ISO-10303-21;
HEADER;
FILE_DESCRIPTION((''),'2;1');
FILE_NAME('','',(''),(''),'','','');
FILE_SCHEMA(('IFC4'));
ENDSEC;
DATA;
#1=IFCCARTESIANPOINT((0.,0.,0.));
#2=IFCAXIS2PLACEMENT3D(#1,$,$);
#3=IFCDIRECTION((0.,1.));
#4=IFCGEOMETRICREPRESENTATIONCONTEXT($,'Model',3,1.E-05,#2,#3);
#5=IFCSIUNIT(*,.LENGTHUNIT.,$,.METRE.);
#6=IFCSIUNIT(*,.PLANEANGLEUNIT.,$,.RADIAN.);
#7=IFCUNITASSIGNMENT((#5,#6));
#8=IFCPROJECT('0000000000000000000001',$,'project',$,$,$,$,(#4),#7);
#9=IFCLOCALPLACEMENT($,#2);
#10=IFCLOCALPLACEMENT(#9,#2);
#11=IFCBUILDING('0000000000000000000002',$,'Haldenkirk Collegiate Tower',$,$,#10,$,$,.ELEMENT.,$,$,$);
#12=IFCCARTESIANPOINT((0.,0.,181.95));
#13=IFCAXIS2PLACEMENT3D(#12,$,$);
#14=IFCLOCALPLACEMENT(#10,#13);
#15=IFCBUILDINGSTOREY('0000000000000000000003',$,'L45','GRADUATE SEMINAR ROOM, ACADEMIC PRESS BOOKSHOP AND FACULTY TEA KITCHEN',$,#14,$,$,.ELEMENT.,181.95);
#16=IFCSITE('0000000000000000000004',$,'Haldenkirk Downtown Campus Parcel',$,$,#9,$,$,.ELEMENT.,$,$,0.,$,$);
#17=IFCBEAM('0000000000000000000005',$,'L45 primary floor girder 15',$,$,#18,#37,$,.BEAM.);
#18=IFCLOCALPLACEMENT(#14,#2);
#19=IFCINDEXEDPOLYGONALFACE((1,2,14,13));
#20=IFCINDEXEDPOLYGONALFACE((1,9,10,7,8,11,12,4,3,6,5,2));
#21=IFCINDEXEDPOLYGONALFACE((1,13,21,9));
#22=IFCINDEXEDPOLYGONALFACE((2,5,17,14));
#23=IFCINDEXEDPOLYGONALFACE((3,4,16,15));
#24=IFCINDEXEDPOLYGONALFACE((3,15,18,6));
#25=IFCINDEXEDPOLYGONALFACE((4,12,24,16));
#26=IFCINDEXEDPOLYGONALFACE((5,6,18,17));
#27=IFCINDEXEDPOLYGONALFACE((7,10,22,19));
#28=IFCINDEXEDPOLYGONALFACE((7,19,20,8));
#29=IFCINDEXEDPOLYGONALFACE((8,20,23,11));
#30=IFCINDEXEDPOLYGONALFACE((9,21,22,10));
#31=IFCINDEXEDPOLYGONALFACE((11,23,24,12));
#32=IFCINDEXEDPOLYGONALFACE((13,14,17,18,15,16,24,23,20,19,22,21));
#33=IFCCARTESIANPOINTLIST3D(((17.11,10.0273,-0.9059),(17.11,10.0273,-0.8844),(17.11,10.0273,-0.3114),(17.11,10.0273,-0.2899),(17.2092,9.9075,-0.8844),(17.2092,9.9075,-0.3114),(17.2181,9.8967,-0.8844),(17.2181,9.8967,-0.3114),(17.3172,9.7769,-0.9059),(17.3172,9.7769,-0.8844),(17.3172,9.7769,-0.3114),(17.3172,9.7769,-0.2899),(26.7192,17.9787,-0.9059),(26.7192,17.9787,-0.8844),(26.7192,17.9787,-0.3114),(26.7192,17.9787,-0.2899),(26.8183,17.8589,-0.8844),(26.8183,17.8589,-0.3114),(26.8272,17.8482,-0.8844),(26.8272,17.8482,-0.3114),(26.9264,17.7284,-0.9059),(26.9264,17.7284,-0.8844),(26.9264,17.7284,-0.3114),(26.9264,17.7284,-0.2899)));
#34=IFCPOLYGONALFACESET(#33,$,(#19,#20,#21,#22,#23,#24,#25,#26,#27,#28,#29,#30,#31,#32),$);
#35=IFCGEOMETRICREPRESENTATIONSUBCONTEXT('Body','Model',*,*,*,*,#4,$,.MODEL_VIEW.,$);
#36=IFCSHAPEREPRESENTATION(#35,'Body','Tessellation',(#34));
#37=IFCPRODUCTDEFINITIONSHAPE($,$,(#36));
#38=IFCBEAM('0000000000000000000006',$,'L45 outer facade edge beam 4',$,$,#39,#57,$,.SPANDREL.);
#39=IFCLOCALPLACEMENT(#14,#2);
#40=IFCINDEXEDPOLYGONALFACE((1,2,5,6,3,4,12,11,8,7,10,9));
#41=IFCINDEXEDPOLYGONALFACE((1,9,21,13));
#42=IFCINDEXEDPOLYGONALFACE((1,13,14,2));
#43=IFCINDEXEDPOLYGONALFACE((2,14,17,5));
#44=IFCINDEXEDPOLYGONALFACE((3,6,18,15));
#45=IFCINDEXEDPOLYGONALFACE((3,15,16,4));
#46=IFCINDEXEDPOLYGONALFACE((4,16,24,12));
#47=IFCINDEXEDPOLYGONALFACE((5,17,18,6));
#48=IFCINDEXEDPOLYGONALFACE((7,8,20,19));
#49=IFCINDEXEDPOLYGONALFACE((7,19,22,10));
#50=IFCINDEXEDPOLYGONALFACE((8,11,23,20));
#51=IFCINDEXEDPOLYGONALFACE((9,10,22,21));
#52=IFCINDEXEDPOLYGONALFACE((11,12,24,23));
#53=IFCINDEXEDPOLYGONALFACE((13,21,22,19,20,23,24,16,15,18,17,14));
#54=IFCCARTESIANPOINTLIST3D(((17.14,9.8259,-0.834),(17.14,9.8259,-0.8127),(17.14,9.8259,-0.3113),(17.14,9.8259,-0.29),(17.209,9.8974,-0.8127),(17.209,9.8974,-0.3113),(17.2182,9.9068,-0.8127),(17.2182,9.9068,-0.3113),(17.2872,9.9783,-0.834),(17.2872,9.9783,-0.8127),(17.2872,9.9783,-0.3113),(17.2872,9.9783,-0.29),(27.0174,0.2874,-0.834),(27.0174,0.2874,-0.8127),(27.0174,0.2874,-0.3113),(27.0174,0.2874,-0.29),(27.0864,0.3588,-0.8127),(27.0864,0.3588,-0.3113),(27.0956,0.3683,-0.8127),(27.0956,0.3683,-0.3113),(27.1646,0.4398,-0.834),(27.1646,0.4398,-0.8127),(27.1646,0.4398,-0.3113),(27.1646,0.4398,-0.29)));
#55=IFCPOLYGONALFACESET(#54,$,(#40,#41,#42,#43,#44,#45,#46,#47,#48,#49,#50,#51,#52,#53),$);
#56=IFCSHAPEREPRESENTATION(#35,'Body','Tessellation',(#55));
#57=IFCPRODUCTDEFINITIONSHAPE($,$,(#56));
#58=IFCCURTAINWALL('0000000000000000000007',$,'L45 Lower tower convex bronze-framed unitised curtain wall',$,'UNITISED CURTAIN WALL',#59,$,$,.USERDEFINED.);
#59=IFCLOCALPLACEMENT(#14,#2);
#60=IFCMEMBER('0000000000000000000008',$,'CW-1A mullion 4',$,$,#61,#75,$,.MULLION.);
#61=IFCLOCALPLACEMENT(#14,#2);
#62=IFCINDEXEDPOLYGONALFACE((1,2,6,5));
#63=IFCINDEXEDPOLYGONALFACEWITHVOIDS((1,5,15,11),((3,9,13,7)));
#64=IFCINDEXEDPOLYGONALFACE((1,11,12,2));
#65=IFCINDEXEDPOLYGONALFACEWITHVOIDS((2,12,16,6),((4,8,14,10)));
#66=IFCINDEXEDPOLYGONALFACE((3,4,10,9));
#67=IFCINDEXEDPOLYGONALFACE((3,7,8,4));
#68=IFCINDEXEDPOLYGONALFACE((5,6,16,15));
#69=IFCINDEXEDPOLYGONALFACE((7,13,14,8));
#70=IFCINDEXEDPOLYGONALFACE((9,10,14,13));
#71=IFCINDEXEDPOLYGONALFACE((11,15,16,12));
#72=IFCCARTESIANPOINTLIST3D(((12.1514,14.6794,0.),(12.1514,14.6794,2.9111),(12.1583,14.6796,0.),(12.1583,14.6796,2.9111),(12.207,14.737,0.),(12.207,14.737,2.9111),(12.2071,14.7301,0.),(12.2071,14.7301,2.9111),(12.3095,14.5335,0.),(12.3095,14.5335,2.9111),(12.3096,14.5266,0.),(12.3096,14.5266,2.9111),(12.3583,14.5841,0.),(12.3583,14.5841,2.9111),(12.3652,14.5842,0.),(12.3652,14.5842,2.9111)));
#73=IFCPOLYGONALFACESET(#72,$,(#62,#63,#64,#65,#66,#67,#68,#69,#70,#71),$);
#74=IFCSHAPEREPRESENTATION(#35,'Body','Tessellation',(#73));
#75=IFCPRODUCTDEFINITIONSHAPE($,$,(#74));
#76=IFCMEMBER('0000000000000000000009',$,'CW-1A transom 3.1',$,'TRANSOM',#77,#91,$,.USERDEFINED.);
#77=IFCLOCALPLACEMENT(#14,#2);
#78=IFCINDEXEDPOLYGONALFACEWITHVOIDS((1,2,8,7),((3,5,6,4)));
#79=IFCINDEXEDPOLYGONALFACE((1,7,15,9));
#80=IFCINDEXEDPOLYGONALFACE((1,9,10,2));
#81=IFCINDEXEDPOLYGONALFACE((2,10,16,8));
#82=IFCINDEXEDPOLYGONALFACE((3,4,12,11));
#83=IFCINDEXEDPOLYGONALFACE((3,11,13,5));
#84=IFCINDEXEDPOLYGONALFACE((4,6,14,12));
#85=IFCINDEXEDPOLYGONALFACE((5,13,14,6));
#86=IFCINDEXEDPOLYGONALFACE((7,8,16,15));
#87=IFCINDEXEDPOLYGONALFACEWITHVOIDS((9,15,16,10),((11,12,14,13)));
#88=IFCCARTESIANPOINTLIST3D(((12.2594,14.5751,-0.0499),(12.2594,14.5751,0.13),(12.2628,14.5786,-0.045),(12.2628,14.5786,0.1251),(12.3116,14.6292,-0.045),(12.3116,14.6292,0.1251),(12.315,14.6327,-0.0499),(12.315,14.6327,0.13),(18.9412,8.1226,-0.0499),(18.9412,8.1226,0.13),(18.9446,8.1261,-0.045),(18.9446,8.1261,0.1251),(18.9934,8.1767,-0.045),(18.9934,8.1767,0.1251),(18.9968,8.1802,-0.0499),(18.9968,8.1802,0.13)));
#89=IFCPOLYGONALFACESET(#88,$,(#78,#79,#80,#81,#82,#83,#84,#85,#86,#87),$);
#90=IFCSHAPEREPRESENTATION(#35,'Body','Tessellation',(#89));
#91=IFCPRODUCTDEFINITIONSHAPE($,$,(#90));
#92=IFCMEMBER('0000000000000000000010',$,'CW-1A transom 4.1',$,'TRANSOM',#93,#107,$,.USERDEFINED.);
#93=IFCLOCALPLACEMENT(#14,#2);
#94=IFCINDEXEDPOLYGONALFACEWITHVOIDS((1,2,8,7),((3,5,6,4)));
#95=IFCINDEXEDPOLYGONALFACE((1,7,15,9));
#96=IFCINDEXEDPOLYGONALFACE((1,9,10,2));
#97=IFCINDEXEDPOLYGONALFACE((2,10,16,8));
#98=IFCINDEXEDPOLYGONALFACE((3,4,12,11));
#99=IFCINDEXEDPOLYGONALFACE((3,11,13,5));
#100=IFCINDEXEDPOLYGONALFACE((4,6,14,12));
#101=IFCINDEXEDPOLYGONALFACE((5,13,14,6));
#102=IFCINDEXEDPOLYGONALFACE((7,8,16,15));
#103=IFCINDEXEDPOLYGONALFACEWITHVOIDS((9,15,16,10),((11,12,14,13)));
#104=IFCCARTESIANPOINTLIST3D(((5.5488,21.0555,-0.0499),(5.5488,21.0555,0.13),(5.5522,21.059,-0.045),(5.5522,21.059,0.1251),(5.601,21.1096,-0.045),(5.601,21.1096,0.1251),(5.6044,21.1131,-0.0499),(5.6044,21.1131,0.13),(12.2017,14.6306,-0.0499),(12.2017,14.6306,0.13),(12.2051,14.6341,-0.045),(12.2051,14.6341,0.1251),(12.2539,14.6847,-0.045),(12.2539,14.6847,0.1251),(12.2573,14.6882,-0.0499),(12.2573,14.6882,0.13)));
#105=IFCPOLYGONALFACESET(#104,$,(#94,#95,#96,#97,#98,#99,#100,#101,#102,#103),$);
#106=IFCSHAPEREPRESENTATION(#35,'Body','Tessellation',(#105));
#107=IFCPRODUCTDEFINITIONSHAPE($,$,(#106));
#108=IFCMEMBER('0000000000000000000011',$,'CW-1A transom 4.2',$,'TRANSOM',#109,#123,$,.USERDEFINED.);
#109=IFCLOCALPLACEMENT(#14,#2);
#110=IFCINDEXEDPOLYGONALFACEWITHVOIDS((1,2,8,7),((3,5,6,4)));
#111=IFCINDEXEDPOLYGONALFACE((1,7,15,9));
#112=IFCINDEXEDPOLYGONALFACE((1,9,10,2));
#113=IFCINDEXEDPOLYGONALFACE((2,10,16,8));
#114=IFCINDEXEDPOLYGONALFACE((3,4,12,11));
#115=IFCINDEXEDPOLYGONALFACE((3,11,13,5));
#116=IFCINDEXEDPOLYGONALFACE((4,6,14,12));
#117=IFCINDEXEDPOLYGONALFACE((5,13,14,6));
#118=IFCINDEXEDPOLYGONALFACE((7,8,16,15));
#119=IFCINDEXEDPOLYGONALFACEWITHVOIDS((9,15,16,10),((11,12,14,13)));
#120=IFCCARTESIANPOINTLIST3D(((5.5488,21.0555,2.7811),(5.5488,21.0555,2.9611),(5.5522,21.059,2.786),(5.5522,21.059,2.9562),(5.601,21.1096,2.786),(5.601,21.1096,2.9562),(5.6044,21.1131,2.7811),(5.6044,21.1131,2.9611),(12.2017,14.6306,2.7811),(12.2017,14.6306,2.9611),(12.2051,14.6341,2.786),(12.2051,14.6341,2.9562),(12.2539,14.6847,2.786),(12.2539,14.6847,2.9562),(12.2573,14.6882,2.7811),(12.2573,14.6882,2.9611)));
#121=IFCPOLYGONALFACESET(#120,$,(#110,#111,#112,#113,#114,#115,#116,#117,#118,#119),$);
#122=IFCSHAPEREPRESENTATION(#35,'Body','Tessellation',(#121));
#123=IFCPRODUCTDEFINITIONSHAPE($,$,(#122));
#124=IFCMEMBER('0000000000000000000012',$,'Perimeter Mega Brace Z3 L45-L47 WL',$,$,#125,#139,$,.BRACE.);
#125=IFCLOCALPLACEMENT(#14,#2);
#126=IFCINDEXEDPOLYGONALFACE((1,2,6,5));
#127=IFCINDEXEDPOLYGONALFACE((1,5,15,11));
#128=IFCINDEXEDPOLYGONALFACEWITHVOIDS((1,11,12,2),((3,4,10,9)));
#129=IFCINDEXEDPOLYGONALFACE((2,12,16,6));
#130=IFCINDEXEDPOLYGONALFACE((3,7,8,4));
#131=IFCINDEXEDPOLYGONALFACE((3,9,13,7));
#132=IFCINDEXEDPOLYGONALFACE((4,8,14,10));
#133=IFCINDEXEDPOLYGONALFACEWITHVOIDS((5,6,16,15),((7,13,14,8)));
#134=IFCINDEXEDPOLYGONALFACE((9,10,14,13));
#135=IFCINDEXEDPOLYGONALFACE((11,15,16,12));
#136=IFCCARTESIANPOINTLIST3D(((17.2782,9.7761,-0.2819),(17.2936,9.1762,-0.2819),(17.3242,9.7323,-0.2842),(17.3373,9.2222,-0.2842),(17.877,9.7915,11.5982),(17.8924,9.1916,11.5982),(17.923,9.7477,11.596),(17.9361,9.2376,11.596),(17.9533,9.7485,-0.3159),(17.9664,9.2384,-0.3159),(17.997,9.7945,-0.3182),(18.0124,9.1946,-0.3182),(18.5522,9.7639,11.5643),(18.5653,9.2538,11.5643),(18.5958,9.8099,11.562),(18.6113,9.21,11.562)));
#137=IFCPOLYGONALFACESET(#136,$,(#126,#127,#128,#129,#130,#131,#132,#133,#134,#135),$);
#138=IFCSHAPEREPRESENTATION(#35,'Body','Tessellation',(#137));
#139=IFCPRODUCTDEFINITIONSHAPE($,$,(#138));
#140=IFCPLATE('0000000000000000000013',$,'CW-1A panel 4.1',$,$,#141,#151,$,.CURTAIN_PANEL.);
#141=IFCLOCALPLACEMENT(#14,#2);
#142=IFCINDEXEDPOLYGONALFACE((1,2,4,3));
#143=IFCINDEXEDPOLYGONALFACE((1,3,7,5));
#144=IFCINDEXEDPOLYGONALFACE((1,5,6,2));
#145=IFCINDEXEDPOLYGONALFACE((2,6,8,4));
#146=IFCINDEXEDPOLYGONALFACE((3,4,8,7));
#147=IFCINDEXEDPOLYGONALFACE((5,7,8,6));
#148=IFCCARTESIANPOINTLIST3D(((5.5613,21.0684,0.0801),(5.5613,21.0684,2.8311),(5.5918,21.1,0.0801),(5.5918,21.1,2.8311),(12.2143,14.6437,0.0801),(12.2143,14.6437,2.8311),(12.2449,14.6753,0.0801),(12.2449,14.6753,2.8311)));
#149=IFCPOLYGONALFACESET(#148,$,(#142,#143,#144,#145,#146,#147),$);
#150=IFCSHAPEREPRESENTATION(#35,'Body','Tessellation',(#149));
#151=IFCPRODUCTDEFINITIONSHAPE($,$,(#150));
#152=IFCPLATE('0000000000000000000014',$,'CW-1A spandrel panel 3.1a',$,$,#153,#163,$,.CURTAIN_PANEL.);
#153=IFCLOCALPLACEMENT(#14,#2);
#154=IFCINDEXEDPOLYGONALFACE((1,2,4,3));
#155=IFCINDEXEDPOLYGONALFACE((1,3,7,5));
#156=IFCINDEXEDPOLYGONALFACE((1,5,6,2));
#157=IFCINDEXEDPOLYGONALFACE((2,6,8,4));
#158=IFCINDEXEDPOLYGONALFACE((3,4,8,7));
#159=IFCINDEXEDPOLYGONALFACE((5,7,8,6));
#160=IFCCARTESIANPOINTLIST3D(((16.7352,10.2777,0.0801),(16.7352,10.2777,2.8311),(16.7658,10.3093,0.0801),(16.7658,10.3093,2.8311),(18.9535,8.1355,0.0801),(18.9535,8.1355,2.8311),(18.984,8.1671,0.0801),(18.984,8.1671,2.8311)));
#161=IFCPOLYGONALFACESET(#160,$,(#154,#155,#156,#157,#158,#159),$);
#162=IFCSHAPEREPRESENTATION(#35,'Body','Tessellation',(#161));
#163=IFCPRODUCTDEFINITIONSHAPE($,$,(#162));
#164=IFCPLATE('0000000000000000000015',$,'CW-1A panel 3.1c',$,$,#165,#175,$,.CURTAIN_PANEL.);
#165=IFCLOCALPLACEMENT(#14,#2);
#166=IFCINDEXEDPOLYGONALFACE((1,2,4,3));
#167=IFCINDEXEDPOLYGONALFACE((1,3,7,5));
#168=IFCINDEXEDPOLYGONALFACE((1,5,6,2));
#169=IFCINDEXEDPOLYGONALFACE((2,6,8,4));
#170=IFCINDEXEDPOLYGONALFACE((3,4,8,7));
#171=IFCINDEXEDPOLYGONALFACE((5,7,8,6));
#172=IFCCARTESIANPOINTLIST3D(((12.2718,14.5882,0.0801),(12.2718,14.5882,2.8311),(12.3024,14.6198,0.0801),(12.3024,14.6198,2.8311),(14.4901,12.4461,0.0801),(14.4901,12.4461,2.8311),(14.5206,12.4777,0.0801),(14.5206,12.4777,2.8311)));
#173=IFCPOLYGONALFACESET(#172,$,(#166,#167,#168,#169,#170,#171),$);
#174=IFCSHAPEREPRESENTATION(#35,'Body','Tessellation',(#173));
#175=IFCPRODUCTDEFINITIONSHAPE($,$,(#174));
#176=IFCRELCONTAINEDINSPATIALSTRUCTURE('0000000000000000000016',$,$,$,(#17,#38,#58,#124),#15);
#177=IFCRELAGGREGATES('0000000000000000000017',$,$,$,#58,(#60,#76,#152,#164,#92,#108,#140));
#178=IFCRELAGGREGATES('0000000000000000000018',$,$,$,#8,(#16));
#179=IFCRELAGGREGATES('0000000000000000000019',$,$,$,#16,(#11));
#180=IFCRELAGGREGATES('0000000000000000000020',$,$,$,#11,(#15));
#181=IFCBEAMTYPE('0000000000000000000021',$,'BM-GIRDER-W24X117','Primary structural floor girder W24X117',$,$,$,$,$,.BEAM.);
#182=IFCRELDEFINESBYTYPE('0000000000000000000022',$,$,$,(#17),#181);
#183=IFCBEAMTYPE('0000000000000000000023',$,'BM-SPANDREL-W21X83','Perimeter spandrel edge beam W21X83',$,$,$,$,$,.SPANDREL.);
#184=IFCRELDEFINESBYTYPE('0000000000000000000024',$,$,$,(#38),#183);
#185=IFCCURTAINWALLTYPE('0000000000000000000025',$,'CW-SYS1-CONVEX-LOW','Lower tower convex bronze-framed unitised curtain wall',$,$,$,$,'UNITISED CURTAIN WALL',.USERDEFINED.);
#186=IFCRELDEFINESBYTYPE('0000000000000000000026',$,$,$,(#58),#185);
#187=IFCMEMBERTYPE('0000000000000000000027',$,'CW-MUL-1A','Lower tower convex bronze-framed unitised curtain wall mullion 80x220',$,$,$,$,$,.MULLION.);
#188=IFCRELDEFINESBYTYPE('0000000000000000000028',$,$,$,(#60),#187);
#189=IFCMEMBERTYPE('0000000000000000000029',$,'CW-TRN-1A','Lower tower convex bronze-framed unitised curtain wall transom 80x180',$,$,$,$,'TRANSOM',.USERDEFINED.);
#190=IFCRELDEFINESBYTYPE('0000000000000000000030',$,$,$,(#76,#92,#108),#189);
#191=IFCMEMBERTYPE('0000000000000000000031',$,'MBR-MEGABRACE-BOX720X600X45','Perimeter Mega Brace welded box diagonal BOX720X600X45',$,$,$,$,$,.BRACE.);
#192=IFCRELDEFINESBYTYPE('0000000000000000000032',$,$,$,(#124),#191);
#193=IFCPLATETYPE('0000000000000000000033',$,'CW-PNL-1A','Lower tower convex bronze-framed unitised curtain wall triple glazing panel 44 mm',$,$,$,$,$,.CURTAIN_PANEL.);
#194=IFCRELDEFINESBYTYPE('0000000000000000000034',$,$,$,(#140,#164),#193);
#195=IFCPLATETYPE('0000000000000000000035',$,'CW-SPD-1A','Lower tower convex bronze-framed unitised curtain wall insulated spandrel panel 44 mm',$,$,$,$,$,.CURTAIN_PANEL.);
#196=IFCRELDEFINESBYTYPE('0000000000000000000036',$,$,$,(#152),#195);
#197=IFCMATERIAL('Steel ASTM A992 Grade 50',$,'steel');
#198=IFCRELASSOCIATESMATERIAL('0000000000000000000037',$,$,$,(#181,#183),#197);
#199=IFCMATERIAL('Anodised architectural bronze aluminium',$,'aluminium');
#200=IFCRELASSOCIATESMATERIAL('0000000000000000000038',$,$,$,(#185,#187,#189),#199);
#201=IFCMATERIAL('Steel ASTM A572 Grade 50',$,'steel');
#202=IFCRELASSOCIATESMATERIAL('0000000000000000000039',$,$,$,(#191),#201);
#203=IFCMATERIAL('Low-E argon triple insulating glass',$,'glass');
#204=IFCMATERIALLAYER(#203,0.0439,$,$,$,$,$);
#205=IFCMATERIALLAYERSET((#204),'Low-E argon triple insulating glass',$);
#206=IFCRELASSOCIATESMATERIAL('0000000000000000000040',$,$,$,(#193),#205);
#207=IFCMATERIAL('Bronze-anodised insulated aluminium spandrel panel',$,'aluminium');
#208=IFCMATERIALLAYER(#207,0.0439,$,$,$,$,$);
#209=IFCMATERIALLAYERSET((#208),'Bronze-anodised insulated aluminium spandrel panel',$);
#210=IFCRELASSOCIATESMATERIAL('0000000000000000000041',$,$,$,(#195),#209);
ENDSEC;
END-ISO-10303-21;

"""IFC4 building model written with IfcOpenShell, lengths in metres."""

from ifc_helpers import new_model, si_unit, direction, frame, origin, origin_2d, place, context, subcontext, project, spatial, rectangle, hollow_rectangle, i_section, extrude, source, transform, mapped, material, layer, layer_set, material_profile, profile_set, type_object, element, aggregate, save


model = new_model("IFC4")

# Units and contexts
model_context = context("Model", 3, precision=1e-05, world=origin(), true_north=direction((0.0, 1.0)))
body_context = subcontext(model_context, "Body", "Model", "MODEL_VIEW")
ifc_project = project(units=[si_unit("LENGTHUNIT", "METRE"), si_unit("PLANEANGLEUNIT", "RADIAN")], contexts=[model_context])

# Site, building, storey
site_placement = place(None, origin())
site = spatial("IfcSite", under=ifc_project, at=site_placement, Name="Haldenkirk Downtown Campus Parcel", CompositionType="ELEMENT", RefElevation=0.0)
building_placement = place(site_placement, origin())
building = spatial("IfcBuilding", under=site, at=building_placement, Name="Haldenkirk Collegiate Tower", CompositionType="ELEMENT")
storey_placement = place(building_placement, frame((0.0, 0.0, 181.95)))
storey = spatial("IfcBuildingStorey", under=building, at=storey_placement, Name="L45", Description="GRADUATE SEMINAR ROOM, ACADEMIC PRESS BOOKSHOP AND FACULTY TEA KITCHEN", CompositionType="ELEMENT", Elevation=181.95)

# Beams
ifc_material_1 = material(Name="Steel ASTM A992 Grade 50", Category="steel")
ifc_material_profile_1 = material_profile(ifc_material_1, i_section(OverallWidth=0.325, OverallDepth=0.616, WebThickness=0.0139, FlangeThickness=0.0215, at=origin_2d()), Name="W24X117")
ifc_profile_set_1 = profile_set([ifc_material_profile_1], Name="Steel ASTM A992 Grade 50")
beam_type_1 = type_object("IfcBeamType", Name="BM-GIRDER-W24X117", Description="Primary structural floor girder W24X117", PredefinedType="BEAM", material=ifc_profile_set_1)
beam_1_placement = place(storey_placement, frame((17.2136, 9.9021, -0.5979), z_axis=(0.770432, 0.637522, 0.0), x_axis=(-0.637522, 0.770432, 0.0)))
element("IfcBeam", 1, at=beam_1_placement, inside=storey, type_object=beam_type_1, Name="L45 primary floor girder 15", PredefinedType="BEAM", context=body_context, shape_type="SweptSolid", body=[
    extrude(i_section(OverallWidth=0.325, OverallDepth=0.616, WebThickness=0.0139, FlangeThickness=0.0215, at=origin_2d()), origin(), (0.0, 0.0, 1.0), 12.4724),
])
ifc_material_profile_2 = material_profile(ifc_material_1, i_section(OverallWidth=0.2119, OverallDepth=0.5439, WebThickness=0.0132, FlangeThickness=0.0212, at=origin_2d()), Name="W21X83")
ifc_profile_set_2 = profile_set([ifc_material_profile_2], Name="Steel ASTM A992 Grade 50")
beam_type_2 = type_object("IfcBeamType", Name="BM-SPANDREL-W21X83", Description="Perimeter spandrel edge beam W21X83", PredefinedType="SPANDREL", material=ifc_profile_set_2)
beam_2_placement = place(storey_placement, frame((17.2136, 9.9021, -0.562), z_axis=(0.719338, -0.69466, 0.0), x_axis=(0.69466, 0.719338, 0.0)))
element("IfcBeam", 2, at=beam_2_placement, inside=storey, type_object=beam_type_2, Name="L45 outer facade edge beam 4", PredefinedType="SPANDREL", context=body_context, shape_type="SweptSolid", body=[
    extrude(i_section(OverallWidth=0.2119, OverallDepth=0.5439, WebThickness=0.0132, FlangeThickness=0.0212, at=origin_2d()), origin(), (0.0, 0.0, 1.0), 13.7312),
])

# Curtain wall, members
ifc_material_2 = material(Name="Anodised architectural bronze aluminium", Category="aluminium")
curtain_wall_type = type_object("IfcCurtainWallType", Name="CW-SYS1-CONVEX-LOW", Description="Lower tower convex bronze-framed unitised curtain wall", ElementType="UNITISED CURTAIN WALL", PredefinedType="USERDEFINED", material=ifc_material_2)
curtain_wall_placement = place(storey_placement, origin())
curtain_wall = element("IfcCurtainWall", 3, at=curtain_wall_placement, inside=storey, type_object=curtain_wall_type, Name="L45 Lower tower convex bronze-framed unitised curtain wall", ObjectType="UNITISED CURTAIN WALL", PredefinedType="USERDEFINED")
ifc_material_profile_3 = material_profile(ifc_material_2, hollow_rectangle(XDim=0.0801, YDim=0.22, WallThickness=0.0049, at=origin_2d()), Name="CW-MUL-1A")
ifc_profile_set_3 = profile_set([ifc_material_profile_3], Name="Anodised architectural bronze aluminium")
member_type_1 = type_object("IfcMemberType", Name="CW-MUL-1A", Description="Lower tower convex bronze-framed unitised curtain wall mullion 80x220", PredefinedType="MULLION", material=ifc_profile_set_3)
member_1_placement = place(storey_placement, frame((12.2583, 14.6318, 0.0), z_axis=(0.0, 0.0, 1.0), x_axis=(-0.694658, -0.719341, 0.0)))
member_1 = element("IfcMember", 4, at=member_1_placement, type_object=member_type_1, Name="CW-1A mullion 4", PredefinedType="MULLION", context=body_context, shape_type="SweptSolid", body=[
    extrude(hollow_rectangle(XDim=0.0801, YDim=0.22, WallThickness=0.0049, at=origin_2d()), origin(), (0.0, 0.0, 1.0), 2.9111),
])
ifc_material_profile_4 = material_profile(ifc_material_2, hollow_rectangle(XDim=0.0801, YDim=0.1799, WallThickness=0.0049, at=origin_2d()), Name="CW-TRN-1A")
ifc_profile_set_4 = profile_set([ifc_material_profile_4], Name="Anodised architectural bronze aluminium")
member_type_2 = type_object("IfcMemberType", Name="CW-TRN-1A", Description="Lower tower convex bronze-framed unitised curtain wall transom 80x180", ElementType="TRANSOM", PredefinedType="USERDEFINED", material=ifc_profile_set_4)
member_2_placement = place(storey_placement, frame((18.969, 8.1514, 0.04), z_axis=(-0.719339, 0.694659, 0.0), x_axis=(-0.694659, -0.719339, 0.0)))
member_2 = element("IfcMember", 5, at=member_2_placement, type_object=member_type_2, Name="CW-1A transom 3.1", ObjectType="TRANSOM", PredefinedType="USERDEFINED", context=body_context, shape_type="SweptSolid", body=[
    extrude(hollow_rectangle(XDim=0.0801, YDim=0.1799, WallThickness=0.0049, at=origin_2d()), origin(), (0.0, 0.0, 1.0), 9.2888),
])
member_3_placement = place(storey_placement, frame((12.2295, 14.6594, 0.04), z_axis=(-0.719327, 0.694672, 0.0), x_axis=(-0.694672, -0.719327, 0.0)))
member_3 = element("IfcMember", 6, at=member_3_placement, type_object=member_type_2, Name="CW-1A transom 4.1", ObjectType="TRANSOM", PredefinedType="USERDEFINED", context=body_context, shape_type="SweptSolid", body=[
    extrude(hollow_rectangle(XDim=0.0801, YDim=0.1799, WallThickness=0.0049, at=origin_2d()), origin(), (0.0, 0.0, 1.0), 9.2488),
])
member_4_placement = place(storey_placement, frame((12.2295, 14.6594, 2.8711), z_axis=(-0.719327, 0.694672, 0.0), x_axis=(-0.694672, -0.719327, 0.0)))
member_4 = element("IfcMember", 7, at=member_4_placement, type_object=member_type_2, Name="CW-1A transom 4.2", ObjectType="TRANSOM", PredefinedType="USERDEFINED", context=body_context, shape_type="SweptSolid", body=[
    extrude(hollow_rectangle(XDim=0.0801, YDim=0.1799, WallThickness=0.0049, at=origin_2d()), origin(), (0.0, 0.0, 1.0), 9.2488),
])

# Member
ifc_material_3 = material(Name="Steel ASTM A572 Grade 50", Category="steel")
ifc_material_profile_5 = material_profile(ifc_material_3, hollow_rectangle(XDim=0.6001, YDim=0.72, WallThickness=0.0449, at=origin_2d()), Name="BOX720X600X45")
ifc_profile_set_5 = profile_set([ifc_material_profile_5], Name="Steel ASTM A572 Grade 50")
member_type_3 = type_object("IfcMemberType", Name="MBR-MEGABRACE-BOX720X600X45", Description="Perimeter Mega Brace welded box diagonal BOX720X600X45", PredefinedType="BRACE", material=ifc_profile_set_5)
member_5_placement = place(storey_placement, frame((17.6453, 9.4854, -0.3), z_axis=(0.050346, 0.001293, 0.998731), x_axis=(-0.025674, 0.99967, 0.0)))
element("IfcMember", 8, at=member_5_placement, inside=storey, type_object=member_type_3, Name="Perimeter Mega Brace Z3 L45-L47 WL", PredefinedType="BRACE", context=body_context, shape_type="SweptSolid", body=[
    extrude(hollow_rectangle(XDim=0.6001, YDim=0.72, WallThickness=0.0449, at=origin_2d()), origin(), (0.0, 0.0, 1.0), 11.8953),
])

# Plates
ifc_material_4 = material(Name="Low-E argon triple insulating glass", Category="glass")
ifc_layer_1 = layer(ifc_material_4, 0.0439)
ifc_layer_set_1 = layer_set([ifc_layer_1], Name="Low-E argon triple insulating glass")
plate_type_1 = type_object("IfcPlateType", Name="CW-PNL-1A", Description="Lower tower convex bronze-framed unitised curtain wall triple glazing panel 44 mm", PredefinedType="CURTAIN_PANEL", material=ifc_layer_set_1)
shared_shape_1 = source(origin(), body_context, "Body", "SweptSolid", [
    extrude(rectangle(XDim=9.2488, YDim=0.0439, at=origin_2d()), origin(), (0.0, 0.0, 1.0), 2.751),
])
plate_1_placement = place(storey_placement, frame((8.9031, 17.8718, 0.0801), z_axis=(0.0, 0.0, 1.0), x_axis=(-0.719341, 0.694658, 0.0)))
plate_1 = element("IfcPlate", 9, at=plate_1_placement, type_object=plate_type_1, Name="CW-1A panel 4.1", PredefinedType="CURTAIN_PANEL", context=body_context, shape_type="MappedRepresentation", body=[
    mapped(shared_shape_1, transform((0.0, 0.0, 0.0), x_axis=(1.0, 0.0, 0.0), y_axis=(0.0, 1.0, 0.0), z_axis=(0.0, 0.0, 1.0), scale=1.0)),
])
ifc_material_5 = material(Name="Bronze-anodised insulated aluminium spandrel panel", Category="aluminium")
ifc_layer_2 = layer(ifc_material_5, 0.0439)
ifc_layer_set_2 = layer_set([ifc_layer_2], Name="Bronze-anodised insulated aluminium spandrel panel")
plate_type_2 = type_object("IfcPlateType", Name="CW-SPD-1A", Description="Lower tower convex bronze-framed unitised curtain wall insulated spandrel panel 44 mm", PredefinedType="CURTAIN_PANEL", material=ifc_layer_set_2)
shared_shape_2 = source(origin(), body_context, "Body", "SweptSolid", [
    extrude(rectangle(XDim=3.0837, YDim=0.0439, at=origin_2d()), origin(), (0.0, 0.0, 1.0), 2.751),
])
plate_2_placement = place(storey_placement, frame((17.8596, 9.2224, 0.0801), z_axis=(0.0, 0.0, 1.0), x_axis=(-0.719341, 0.694658, 0.0)))
plate_2 = element("IfcPlate", 10, at=plate_2_placement, type_object=plate_type_2, Name="CW-1A spandrel panel 3.1a", PredefinedType="CURTAIN_PANEL", context=body_context, shape_type="MappedRepresentation", body=[
    mapped(shared_shape_2, transform((0.0, 0.0, 0.0), x_axis=(1.0, 0.0, 0.0), y_axis=(0.0, 1.0, 0.0), z_axis=(0.0, 0.0, 1.0), scale=1.0)),
])
plate_3_placement = place(storey_placement, frame((13.3962, 13.533, 0.0801), z_axis=(0.0, 0.0, 1.0), x_axis=(-0.719341, 0.694658, 0.0)))
plate_3 = element("IfcPlate", 11, at=plate_3_placement, type_object=plate_type_1, Name="CW-1A panel 3.1c", PredefinedType="CURTAIN_PANEL", context=body_context, shape_type="MappedRepresentation", body=[
    mapped(shared_shape_2, transform((0.0, 0.0, 0.0), x_axis=(1.0, 0.0, 0.0), y_axis=(0.0, 1.0, 0.0), z_axis=(0.0, 0.0, 1.0), scale=1.0)),
])
aggregate(curtain_wall, [member_1, member_2, plate_2, plate_3, member_3, member_4, plate_1])

save(model, "model.ifc")
